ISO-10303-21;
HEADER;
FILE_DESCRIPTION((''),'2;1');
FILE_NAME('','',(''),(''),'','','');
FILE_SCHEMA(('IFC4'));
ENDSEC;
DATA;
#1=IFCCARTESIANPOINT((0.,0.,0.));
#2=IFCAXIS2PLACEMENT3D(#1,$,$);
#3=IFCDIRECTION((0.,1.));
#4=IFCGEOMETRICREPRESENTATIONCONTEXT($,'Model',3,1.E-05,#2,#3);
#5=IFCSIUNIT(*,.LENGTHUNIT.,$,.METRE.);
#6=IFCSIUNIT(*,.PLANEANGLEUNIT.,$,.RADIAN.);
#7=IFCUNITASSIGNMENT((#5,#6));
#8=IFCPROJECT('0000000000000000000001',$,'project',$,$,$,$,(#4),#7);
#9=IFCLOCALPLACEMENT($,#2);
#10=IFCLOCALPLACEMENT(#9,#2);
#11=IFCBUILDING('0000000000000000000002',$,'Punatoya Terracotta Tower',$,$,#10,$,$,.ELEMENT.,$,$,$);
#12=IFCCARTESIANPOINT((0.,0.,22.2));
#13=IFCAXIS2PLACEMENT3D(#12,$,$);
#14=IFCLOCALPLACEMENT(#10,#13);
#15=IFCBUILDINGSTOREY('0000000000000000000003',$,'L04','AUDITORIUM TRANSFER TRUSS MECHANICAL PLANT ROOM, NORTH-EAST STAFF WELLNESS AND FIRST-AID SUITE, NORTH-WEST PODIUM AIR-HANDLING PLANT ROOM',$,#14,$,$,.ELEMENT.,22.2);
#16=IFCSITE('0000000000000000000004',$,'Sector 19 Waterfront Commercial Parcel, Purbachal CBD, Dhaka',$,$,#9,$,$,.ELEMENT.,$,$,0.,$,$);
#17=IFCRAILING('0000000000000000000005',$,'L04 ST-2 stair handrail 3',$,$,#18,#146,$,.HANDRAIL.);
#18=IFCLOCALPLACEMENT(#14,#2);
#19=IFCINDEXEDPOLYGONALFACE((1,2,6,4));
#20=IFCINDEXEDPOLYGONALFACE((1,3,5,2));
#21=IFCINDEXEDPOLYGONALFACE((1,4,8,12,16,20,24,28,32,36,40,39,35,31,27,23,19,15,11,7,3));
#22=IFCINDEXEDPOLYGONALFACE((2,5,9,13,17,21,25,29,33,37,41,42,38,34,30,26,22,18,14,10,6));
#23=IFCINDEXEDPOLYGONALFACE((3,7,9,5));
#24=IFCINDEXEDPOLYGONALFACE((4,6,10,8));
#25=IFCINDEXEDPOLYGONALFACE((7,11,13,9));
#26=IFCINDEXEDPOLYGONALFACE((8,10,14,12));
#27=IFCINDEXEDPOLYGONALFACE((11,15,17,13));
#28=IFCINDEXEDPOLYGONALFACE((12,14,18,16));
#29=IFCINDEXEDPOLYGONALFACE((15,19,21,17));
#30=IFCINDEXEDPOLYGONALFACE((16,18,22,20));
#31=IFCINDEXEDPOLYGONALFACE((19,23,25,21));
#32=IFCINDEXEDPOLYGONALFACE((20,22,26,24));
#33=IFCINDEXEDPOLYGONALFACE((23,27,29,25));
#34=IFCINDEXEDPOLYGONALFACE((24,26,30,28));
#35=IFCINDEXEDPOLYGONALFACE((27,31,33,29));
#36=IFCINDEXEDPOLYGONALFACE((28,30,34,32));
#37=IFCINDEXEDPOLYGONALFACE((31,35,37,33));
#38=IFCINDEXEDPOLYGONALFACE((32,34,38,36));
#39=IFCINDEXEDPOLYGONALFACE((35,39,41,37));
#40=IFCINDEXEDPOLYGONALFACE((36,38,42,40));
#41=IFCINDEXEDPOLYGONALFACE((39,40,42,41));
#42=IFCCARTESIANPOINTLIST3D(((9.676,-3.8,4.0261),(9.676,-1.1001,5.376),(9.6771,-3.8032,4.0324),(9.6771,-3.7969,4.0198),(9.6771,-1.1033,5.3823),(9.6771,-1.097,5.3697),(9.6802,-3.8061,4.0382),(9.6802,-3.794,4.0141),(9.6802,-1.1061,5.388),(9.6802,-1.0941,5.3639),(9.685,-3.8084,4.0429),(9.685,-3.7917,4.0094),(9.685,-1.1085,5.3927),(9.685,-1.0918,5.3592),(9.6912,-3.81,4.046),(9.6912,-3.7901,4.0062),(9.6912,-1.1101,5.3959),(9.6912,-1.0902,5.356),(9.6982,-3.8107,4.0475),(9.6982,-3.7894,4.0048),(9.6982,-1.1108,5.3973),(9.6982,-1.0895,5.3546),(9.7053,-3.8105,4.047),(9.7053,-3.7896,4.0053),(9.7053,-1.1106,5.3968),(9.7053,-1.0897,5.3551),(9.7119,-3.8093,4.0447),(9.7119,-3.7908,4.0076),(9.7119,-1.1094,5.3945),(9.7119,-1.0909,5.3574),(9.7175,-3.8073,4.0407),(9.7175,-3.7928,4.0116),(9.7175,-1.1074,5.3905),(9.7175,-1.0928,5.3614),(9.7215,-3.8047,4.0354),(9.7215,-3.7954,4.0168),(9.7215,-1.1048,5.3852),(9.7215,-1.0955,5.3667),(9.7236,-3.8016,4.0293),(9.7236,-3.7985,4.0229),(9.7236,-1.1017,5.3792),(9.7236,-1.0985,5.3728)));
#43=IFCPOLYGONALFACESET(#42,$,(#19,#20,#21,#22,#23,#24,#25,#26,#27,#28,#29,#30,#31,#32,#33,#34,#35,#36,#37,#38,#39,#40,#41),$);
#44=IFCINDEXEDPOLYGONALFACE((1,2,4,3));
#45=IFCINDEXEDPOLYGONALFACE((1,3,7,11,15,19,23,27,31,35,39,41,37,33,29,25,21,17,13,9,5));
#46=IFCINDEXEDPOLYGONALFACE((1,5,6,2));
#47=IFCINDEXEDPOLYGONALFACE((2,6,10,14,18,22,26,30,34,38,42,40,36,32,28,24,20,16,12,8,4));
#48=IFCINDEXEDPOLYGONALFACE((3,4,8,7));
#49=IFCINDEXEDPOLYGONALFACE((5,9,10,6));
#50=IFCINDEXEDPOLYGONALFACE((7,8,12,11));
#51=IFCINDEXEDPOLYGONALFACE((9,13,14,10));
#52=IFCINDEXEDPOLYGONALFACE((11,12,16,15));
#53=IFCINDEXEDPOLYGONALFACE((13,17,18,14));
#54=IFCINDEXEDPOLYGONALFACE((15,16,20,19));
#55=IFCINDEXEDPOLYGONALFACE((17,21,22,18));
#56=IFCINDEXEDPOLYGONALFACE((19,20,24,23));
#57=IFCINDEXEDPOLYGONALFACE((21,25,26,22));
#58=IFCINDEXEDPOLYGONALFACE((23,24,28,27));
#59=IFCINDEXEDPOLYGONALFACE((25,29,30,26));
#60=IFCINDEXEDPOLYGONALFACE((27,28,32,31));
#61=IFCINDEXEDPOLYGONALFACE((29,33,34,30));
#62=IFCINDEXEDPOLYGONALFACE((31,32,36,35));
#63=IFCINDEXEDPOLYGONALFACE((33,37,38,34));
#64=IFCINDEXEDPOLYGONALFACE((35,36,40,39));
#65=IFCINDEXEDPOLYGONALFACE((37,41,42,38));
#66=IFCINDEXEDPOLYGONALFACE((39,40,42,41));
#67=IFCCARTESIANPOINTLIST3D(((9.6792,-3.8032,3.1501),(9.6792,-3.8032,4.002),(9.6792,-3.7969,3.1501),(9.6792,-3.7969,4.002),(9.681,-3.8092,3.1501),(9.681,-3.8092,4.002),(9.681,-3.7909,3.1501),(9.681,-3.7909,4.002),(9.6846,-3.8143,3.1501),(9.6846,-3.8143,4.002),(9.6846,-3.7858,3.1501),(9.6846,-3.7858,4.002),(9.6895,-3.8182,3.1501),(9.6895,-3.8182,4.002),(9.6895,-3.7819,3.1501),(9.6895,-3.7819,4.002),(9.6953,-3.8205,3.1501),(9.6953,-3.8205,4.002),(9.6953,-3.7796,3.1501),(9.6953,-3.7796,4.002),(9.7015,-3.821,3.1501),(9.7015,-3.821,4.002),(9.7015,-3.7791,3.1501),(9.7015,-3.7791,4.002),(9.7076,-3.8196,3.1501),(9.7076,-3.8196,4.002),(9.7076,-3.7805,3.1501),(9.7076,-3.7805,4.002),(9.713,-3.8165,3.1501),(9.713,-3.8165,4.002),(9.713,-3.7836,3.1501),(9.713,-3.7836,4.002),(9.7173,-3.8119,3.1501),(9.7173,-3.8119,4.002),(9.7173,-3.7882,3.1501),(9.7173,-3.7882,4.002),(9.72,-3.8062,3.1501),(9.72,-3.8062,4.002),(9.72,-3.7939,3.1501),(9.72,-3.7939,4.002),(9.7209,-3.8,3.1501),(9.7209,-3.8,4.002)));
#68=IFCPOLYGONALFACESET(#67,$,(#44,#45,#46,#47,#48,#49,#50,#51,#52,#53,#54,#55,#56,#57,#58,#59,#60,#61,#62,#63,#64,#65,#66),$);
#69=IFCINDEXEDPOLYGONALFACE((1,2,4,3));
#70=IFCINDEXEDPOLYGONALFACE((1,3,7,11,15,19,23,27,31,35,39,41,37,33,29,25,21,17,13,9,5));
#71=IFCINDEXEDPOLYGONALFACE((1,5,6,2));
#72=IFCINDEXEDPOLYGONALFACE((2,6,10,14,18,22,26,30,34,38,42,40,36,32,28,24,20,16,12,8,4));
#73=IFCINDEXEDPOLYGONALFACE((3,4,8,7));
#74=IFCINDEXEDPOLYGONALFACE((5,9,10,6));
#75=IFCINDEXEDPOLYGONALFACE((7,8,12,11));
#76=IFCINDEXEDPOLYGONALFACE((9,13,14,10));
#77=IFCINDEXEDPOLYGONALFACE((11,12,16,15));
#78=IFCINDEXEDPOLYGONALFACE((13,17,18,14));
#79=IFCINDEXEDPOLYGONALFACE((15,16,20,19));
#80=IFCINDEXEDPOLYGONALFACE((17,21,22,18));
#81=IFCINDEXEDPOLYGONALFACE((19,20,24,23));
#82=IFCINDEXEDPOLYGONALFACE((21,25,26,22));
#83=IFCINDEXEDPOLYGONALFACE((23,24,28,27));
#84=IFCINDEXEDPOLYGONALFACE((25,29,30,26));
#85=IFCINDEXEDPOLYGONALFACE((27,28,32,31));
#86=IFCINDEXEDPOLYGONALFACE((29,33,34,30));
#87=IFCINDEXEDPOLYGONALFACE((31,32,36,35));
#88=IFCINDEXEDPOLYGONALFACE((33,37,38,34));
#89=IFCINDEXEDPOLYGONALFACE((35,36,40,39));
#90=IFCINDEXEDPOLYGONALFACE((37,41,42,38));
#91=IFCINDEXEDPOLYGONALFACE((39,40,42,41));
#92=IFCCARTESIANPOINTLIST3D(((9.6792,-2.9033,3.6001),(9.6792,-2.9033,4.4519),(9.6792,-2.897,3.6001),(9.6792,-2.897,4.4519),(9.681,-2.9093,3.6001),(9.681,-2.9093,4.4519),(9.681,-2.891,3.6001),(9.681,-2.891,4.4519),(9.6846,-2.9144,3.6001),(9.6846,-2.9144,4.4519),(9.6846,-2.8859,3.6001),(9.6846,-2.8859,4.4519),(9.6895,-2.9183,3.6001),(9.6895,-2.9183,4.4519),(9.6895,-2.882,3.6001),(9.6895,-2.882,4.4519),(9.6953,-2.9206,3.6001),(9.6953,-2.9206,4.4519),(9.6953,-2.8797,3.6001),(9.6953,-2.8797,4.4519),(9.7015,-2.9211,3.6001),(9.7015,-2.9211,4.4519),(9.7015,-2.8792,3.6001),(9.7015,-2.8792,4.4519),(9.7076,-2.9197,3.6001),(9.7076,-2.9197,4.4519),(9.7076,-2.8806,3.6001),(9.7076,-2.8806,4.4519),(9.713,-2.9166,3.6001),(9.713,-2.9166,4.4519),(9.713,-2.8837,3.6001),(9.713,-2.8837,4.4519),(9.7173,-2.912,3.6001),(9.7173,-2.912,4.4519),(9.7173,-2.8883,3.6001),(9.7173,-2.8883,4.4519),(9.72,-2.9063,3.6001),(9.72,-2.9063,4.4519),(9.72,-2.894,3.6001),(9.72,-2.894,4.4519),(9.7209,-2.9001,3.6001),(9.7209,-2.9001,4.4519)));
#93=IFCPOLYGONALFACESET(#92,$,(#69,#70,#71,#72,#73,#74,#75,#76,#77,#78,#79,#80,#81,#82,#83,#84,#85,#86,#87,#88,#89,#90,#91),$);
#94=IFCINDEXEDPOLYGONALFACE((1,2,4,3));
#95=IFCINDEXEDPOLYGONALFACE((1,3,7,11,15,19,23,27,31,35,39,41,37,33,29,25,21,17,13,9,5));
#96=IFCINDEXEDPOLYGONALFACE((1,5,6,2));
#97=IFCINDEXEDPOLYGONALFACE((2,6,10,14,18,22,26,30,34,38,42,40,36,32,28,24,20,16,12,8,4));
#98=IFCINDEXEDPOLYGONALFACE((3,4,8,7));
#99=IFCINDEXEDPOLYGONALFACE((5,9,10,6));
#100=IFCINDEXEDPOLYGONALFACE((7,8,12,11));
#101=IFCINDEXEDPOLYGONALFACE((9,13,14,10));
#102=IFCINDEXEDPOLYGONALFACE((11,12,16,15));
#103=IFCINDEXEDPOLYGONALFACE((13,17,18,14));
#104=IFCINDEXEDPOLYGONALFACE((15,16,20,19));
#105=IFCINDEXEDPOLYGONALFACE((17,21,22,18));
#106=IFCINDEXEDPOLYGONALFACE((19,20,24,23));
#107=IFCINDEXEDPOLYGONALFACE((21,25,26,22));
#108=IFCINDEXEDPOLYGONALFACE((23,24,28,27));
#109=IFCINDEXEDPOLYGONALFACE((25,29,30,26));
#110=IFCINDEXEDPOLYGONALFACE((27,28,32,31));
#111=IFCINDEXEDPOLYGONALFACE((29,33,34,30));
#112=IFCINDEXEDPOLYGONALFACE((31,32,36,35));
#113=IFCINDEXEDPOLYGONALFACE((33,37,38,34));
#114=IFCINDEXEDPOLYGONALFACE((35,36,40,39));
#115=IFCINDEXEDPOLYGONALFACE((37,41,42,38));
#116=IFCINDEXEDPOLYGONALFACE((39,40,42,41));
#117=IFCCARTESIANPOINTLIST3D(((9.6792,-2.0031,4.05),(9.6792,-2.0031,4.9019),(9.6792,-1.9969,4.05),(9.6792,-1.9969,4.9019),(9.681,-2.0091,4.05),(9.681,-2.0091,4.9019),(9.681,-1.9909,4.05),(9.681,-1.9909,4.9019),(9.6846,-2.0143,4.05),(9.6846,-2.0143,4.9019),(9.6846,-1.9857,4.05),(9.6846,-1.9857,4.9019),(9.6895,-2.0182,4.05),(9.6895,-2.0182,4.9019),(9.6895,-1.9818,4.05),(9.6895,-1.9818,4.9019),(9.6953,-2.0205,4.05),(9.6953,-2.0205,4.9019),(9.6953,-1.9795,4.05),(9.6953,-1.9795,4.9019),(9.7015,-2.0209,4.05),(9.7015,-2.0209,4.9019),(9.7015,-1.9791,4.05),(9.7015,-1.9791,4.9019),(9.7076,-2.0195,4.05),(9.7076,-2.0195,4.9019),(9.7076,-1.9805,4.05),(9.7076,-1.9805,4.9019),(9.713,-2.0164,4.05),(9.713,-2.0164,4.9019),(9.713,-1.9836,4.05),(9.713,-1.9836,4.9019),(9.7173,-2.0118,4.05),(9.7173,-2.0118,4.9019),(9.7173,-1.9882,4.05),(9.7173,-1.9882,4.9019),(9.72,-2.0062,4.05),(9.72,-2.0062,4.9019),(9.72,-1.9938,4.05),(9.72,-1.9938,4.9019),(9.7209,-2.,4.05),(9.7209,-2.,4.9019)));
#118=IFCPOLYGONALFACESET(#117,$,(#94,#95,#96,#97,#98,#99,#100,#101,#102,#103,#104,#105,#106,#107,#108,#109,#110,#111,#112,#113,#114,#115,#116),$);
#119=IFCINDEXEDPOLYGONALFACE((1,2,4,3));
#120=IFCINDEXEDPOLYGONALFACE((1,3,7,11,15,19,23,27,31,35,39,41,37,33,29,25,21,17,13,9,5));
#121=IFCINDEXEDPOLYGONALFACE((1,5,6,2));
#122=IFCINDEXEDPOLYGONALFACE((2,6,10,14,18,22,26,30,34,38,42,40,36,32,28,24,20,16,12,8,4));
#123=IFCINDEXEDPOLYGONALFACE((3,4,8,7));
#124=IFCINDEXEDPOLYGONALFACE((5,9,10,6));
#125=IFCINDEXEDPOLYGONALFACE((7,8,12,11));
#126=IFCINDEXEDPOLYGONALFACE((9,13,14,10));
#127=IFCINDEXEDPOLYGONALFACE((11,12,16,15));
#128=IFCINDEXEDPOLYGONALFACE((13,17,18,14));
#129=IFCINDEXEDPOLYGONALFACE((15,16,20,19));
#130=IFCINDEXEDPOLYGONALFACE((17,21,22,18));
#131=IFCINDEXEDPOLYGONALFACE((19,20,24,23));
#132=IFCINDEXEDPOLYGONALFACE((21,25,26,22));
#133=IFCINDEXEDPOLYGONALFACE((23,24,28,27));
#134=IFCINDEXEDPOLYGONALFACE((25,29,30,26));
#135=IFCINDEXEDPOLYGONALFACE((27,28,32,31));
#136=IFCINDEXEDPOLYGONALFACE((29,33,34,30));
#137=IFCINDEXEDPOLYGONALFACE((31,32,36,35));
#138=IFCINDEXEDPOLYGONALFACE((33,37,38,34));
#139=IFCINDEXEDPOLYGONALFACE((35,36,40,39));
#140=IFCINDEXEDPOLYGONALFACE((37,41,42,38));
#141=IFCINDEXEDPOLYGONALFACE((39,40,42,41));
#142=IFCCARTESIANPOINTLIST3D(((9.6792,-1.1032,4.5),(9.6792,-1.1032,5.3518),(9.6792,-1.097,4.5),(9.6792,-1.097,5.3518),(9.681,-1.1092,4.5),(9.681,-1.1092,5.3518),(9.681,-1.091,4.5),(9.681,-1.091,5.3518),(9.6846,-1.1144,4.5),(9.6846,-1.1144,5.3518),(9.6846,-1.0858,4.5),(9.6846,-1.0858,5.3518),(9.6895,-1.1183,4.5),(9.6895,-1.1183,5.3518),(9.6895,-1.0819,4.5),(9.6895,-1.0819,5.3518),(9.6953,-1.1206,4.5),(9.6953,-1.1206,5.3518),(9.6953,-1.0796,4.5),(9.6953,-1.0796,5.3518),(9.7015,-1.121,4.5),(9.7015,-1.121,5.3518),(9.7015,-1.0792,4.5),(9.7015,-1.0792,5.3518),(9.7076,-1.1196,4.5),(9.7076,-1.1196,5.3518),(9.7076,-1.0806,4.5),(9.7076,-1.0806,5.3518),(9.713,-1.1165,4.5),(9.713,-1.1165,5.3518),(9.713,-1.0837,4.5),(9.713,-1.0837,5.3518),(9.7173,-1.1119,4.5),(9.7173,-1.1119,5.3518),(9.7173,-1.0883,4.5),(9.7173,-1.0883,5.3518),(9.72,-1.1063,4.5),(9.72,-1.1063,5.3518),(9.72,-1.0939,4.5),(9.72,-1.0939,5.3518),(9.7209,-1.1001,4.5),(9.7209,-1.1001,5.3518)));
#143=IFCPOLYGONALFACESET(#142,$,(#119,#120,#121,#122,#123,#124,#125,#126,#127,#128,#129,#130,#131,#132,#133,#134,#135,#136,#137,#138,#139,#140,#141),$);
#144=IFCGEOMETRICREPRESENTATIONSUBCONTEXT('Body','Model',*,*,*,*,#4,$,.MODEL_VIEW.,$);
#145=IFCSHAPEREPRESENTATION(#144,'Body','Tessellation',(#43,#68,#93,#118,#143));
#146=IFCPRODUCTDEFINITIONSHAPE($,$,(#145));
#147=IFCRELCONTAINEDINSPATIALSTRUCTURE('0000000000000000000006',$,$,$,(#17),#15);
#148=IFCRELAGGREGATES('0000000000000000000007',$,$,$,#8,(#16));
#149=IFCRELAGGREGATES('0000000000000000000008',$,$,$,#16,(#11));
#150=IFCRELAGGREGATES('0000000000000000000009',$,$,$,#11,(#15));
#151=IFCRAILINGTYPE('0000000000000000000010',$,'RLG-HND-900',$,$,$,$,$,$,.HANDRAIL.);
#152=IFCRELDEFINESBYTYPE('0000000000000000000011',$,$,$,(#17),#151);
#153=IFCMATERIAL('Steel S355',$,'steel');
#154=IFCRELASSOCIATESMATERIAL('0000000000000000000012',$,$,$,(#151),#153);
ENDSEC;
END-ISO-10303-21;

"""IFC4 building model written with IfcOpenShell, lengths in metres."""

from ifc_helpers import new_model, si_unit, direction, frame, origin, origin_2d, place, context, subcontext, project, spatial, circle, extrude, material, type_object, element, save


model = new_model("IFC4")

# Units and contexts
model_context = context("Model", 3, precision=1e-05, world=origin(), true_north=direction((0.0, 1.0)))
body_context = subcontext(model_context, "Body", "Model", "MODEL_VIEW")
ifc_project = project(units=[si_unit("LENGTHUNIT", "METRE"), si_unit("PLANEANGLEUNIT", "RADIAN")], contexts=[model_context])

# Site, building, storey
site_placement = place(None, origin())
site = spatial("IfcSite", under=ifc_project, at=site_placement, Name="Sector 19 Waterfront Commercial Parcel, Purbachal CBD, Dhaka", CompositionType="ELEMENT", RefElevation=0.0)
building_placement = place(site_placement, origin())
building = spatial("IfcBuilding", under=site, at=building_placement, Name="Punatoya Terracotta Tower", CompositionType="ELEMENT")
storey_placement = place(building_placement, frame((0.0, 0.0, 22.2)))
storey = spatial("IfcBuildingStorey", under=building, at=storey_placement, Name="L04", Description="AUDITORIUM TRANSFER TRUSS MECHANICAL PLANT ROOM, NORTH-EAST STAFF WELLNESS AND FIRST-AID SUITE, NORTH-WEST PODIUM AIR-HANDLING PLANT ROOM", CompositionType="ELEMENT", Elevation=22.2)

# Shared definitions
ifc_material_1 = material(Name="Steel S355", Category="steel")

# Railing
railing_type_1 = type_object("IfcRailingType", Name="RLG-HND-900", PredefinedType="HANDRAIL", material=ifc_material_1)
for number, where, name in (
    (1, (9.7, -3.8, 3.1501), "L04 ST-2 stair handrail 3"),
):
    element("IfcRailing", number, at=place(storey_placement, frame(where)), inside=storey, type_object=railing_type_1, Name=name, PredefinedType="HANDRAIL", context=body_context, shape_type="SweptSolid", body=[
        extrude(circle(Radius=0.0239, at=origin_2d()), frame((0.0, 0.0, 0.876), z_axis=(0.0, 0.894443, 0.447181), x_axis=(-1.0, 0.0, 0.0)), (0.0, 0.0, 1.0), 3.0186),
        extrude(circle(Radius=0.021, at=origin_2d()), origin(), (0.0, 0.0, 1.0), 0.8518),
        extrude(circle(Radius=0.021, at=origin_2d()), frame((0.0, 0.8999, 0.45)), (0.0, 0.0, 1.0), 0.8518),
        extrude(circle(Radius=0.021, at=origin_2d()), frame((0.0, 1.8, 0.8999)), (0.0, 0.0, 1.0), 0.8518),
        extrude(circle(Radius=0.021, at=origin_2d()), frame((0.0, 2.7, 1.3499)), (0.0, 0.0, 1.0), 0.8518),
    ])

save(model, "model.ifc")
